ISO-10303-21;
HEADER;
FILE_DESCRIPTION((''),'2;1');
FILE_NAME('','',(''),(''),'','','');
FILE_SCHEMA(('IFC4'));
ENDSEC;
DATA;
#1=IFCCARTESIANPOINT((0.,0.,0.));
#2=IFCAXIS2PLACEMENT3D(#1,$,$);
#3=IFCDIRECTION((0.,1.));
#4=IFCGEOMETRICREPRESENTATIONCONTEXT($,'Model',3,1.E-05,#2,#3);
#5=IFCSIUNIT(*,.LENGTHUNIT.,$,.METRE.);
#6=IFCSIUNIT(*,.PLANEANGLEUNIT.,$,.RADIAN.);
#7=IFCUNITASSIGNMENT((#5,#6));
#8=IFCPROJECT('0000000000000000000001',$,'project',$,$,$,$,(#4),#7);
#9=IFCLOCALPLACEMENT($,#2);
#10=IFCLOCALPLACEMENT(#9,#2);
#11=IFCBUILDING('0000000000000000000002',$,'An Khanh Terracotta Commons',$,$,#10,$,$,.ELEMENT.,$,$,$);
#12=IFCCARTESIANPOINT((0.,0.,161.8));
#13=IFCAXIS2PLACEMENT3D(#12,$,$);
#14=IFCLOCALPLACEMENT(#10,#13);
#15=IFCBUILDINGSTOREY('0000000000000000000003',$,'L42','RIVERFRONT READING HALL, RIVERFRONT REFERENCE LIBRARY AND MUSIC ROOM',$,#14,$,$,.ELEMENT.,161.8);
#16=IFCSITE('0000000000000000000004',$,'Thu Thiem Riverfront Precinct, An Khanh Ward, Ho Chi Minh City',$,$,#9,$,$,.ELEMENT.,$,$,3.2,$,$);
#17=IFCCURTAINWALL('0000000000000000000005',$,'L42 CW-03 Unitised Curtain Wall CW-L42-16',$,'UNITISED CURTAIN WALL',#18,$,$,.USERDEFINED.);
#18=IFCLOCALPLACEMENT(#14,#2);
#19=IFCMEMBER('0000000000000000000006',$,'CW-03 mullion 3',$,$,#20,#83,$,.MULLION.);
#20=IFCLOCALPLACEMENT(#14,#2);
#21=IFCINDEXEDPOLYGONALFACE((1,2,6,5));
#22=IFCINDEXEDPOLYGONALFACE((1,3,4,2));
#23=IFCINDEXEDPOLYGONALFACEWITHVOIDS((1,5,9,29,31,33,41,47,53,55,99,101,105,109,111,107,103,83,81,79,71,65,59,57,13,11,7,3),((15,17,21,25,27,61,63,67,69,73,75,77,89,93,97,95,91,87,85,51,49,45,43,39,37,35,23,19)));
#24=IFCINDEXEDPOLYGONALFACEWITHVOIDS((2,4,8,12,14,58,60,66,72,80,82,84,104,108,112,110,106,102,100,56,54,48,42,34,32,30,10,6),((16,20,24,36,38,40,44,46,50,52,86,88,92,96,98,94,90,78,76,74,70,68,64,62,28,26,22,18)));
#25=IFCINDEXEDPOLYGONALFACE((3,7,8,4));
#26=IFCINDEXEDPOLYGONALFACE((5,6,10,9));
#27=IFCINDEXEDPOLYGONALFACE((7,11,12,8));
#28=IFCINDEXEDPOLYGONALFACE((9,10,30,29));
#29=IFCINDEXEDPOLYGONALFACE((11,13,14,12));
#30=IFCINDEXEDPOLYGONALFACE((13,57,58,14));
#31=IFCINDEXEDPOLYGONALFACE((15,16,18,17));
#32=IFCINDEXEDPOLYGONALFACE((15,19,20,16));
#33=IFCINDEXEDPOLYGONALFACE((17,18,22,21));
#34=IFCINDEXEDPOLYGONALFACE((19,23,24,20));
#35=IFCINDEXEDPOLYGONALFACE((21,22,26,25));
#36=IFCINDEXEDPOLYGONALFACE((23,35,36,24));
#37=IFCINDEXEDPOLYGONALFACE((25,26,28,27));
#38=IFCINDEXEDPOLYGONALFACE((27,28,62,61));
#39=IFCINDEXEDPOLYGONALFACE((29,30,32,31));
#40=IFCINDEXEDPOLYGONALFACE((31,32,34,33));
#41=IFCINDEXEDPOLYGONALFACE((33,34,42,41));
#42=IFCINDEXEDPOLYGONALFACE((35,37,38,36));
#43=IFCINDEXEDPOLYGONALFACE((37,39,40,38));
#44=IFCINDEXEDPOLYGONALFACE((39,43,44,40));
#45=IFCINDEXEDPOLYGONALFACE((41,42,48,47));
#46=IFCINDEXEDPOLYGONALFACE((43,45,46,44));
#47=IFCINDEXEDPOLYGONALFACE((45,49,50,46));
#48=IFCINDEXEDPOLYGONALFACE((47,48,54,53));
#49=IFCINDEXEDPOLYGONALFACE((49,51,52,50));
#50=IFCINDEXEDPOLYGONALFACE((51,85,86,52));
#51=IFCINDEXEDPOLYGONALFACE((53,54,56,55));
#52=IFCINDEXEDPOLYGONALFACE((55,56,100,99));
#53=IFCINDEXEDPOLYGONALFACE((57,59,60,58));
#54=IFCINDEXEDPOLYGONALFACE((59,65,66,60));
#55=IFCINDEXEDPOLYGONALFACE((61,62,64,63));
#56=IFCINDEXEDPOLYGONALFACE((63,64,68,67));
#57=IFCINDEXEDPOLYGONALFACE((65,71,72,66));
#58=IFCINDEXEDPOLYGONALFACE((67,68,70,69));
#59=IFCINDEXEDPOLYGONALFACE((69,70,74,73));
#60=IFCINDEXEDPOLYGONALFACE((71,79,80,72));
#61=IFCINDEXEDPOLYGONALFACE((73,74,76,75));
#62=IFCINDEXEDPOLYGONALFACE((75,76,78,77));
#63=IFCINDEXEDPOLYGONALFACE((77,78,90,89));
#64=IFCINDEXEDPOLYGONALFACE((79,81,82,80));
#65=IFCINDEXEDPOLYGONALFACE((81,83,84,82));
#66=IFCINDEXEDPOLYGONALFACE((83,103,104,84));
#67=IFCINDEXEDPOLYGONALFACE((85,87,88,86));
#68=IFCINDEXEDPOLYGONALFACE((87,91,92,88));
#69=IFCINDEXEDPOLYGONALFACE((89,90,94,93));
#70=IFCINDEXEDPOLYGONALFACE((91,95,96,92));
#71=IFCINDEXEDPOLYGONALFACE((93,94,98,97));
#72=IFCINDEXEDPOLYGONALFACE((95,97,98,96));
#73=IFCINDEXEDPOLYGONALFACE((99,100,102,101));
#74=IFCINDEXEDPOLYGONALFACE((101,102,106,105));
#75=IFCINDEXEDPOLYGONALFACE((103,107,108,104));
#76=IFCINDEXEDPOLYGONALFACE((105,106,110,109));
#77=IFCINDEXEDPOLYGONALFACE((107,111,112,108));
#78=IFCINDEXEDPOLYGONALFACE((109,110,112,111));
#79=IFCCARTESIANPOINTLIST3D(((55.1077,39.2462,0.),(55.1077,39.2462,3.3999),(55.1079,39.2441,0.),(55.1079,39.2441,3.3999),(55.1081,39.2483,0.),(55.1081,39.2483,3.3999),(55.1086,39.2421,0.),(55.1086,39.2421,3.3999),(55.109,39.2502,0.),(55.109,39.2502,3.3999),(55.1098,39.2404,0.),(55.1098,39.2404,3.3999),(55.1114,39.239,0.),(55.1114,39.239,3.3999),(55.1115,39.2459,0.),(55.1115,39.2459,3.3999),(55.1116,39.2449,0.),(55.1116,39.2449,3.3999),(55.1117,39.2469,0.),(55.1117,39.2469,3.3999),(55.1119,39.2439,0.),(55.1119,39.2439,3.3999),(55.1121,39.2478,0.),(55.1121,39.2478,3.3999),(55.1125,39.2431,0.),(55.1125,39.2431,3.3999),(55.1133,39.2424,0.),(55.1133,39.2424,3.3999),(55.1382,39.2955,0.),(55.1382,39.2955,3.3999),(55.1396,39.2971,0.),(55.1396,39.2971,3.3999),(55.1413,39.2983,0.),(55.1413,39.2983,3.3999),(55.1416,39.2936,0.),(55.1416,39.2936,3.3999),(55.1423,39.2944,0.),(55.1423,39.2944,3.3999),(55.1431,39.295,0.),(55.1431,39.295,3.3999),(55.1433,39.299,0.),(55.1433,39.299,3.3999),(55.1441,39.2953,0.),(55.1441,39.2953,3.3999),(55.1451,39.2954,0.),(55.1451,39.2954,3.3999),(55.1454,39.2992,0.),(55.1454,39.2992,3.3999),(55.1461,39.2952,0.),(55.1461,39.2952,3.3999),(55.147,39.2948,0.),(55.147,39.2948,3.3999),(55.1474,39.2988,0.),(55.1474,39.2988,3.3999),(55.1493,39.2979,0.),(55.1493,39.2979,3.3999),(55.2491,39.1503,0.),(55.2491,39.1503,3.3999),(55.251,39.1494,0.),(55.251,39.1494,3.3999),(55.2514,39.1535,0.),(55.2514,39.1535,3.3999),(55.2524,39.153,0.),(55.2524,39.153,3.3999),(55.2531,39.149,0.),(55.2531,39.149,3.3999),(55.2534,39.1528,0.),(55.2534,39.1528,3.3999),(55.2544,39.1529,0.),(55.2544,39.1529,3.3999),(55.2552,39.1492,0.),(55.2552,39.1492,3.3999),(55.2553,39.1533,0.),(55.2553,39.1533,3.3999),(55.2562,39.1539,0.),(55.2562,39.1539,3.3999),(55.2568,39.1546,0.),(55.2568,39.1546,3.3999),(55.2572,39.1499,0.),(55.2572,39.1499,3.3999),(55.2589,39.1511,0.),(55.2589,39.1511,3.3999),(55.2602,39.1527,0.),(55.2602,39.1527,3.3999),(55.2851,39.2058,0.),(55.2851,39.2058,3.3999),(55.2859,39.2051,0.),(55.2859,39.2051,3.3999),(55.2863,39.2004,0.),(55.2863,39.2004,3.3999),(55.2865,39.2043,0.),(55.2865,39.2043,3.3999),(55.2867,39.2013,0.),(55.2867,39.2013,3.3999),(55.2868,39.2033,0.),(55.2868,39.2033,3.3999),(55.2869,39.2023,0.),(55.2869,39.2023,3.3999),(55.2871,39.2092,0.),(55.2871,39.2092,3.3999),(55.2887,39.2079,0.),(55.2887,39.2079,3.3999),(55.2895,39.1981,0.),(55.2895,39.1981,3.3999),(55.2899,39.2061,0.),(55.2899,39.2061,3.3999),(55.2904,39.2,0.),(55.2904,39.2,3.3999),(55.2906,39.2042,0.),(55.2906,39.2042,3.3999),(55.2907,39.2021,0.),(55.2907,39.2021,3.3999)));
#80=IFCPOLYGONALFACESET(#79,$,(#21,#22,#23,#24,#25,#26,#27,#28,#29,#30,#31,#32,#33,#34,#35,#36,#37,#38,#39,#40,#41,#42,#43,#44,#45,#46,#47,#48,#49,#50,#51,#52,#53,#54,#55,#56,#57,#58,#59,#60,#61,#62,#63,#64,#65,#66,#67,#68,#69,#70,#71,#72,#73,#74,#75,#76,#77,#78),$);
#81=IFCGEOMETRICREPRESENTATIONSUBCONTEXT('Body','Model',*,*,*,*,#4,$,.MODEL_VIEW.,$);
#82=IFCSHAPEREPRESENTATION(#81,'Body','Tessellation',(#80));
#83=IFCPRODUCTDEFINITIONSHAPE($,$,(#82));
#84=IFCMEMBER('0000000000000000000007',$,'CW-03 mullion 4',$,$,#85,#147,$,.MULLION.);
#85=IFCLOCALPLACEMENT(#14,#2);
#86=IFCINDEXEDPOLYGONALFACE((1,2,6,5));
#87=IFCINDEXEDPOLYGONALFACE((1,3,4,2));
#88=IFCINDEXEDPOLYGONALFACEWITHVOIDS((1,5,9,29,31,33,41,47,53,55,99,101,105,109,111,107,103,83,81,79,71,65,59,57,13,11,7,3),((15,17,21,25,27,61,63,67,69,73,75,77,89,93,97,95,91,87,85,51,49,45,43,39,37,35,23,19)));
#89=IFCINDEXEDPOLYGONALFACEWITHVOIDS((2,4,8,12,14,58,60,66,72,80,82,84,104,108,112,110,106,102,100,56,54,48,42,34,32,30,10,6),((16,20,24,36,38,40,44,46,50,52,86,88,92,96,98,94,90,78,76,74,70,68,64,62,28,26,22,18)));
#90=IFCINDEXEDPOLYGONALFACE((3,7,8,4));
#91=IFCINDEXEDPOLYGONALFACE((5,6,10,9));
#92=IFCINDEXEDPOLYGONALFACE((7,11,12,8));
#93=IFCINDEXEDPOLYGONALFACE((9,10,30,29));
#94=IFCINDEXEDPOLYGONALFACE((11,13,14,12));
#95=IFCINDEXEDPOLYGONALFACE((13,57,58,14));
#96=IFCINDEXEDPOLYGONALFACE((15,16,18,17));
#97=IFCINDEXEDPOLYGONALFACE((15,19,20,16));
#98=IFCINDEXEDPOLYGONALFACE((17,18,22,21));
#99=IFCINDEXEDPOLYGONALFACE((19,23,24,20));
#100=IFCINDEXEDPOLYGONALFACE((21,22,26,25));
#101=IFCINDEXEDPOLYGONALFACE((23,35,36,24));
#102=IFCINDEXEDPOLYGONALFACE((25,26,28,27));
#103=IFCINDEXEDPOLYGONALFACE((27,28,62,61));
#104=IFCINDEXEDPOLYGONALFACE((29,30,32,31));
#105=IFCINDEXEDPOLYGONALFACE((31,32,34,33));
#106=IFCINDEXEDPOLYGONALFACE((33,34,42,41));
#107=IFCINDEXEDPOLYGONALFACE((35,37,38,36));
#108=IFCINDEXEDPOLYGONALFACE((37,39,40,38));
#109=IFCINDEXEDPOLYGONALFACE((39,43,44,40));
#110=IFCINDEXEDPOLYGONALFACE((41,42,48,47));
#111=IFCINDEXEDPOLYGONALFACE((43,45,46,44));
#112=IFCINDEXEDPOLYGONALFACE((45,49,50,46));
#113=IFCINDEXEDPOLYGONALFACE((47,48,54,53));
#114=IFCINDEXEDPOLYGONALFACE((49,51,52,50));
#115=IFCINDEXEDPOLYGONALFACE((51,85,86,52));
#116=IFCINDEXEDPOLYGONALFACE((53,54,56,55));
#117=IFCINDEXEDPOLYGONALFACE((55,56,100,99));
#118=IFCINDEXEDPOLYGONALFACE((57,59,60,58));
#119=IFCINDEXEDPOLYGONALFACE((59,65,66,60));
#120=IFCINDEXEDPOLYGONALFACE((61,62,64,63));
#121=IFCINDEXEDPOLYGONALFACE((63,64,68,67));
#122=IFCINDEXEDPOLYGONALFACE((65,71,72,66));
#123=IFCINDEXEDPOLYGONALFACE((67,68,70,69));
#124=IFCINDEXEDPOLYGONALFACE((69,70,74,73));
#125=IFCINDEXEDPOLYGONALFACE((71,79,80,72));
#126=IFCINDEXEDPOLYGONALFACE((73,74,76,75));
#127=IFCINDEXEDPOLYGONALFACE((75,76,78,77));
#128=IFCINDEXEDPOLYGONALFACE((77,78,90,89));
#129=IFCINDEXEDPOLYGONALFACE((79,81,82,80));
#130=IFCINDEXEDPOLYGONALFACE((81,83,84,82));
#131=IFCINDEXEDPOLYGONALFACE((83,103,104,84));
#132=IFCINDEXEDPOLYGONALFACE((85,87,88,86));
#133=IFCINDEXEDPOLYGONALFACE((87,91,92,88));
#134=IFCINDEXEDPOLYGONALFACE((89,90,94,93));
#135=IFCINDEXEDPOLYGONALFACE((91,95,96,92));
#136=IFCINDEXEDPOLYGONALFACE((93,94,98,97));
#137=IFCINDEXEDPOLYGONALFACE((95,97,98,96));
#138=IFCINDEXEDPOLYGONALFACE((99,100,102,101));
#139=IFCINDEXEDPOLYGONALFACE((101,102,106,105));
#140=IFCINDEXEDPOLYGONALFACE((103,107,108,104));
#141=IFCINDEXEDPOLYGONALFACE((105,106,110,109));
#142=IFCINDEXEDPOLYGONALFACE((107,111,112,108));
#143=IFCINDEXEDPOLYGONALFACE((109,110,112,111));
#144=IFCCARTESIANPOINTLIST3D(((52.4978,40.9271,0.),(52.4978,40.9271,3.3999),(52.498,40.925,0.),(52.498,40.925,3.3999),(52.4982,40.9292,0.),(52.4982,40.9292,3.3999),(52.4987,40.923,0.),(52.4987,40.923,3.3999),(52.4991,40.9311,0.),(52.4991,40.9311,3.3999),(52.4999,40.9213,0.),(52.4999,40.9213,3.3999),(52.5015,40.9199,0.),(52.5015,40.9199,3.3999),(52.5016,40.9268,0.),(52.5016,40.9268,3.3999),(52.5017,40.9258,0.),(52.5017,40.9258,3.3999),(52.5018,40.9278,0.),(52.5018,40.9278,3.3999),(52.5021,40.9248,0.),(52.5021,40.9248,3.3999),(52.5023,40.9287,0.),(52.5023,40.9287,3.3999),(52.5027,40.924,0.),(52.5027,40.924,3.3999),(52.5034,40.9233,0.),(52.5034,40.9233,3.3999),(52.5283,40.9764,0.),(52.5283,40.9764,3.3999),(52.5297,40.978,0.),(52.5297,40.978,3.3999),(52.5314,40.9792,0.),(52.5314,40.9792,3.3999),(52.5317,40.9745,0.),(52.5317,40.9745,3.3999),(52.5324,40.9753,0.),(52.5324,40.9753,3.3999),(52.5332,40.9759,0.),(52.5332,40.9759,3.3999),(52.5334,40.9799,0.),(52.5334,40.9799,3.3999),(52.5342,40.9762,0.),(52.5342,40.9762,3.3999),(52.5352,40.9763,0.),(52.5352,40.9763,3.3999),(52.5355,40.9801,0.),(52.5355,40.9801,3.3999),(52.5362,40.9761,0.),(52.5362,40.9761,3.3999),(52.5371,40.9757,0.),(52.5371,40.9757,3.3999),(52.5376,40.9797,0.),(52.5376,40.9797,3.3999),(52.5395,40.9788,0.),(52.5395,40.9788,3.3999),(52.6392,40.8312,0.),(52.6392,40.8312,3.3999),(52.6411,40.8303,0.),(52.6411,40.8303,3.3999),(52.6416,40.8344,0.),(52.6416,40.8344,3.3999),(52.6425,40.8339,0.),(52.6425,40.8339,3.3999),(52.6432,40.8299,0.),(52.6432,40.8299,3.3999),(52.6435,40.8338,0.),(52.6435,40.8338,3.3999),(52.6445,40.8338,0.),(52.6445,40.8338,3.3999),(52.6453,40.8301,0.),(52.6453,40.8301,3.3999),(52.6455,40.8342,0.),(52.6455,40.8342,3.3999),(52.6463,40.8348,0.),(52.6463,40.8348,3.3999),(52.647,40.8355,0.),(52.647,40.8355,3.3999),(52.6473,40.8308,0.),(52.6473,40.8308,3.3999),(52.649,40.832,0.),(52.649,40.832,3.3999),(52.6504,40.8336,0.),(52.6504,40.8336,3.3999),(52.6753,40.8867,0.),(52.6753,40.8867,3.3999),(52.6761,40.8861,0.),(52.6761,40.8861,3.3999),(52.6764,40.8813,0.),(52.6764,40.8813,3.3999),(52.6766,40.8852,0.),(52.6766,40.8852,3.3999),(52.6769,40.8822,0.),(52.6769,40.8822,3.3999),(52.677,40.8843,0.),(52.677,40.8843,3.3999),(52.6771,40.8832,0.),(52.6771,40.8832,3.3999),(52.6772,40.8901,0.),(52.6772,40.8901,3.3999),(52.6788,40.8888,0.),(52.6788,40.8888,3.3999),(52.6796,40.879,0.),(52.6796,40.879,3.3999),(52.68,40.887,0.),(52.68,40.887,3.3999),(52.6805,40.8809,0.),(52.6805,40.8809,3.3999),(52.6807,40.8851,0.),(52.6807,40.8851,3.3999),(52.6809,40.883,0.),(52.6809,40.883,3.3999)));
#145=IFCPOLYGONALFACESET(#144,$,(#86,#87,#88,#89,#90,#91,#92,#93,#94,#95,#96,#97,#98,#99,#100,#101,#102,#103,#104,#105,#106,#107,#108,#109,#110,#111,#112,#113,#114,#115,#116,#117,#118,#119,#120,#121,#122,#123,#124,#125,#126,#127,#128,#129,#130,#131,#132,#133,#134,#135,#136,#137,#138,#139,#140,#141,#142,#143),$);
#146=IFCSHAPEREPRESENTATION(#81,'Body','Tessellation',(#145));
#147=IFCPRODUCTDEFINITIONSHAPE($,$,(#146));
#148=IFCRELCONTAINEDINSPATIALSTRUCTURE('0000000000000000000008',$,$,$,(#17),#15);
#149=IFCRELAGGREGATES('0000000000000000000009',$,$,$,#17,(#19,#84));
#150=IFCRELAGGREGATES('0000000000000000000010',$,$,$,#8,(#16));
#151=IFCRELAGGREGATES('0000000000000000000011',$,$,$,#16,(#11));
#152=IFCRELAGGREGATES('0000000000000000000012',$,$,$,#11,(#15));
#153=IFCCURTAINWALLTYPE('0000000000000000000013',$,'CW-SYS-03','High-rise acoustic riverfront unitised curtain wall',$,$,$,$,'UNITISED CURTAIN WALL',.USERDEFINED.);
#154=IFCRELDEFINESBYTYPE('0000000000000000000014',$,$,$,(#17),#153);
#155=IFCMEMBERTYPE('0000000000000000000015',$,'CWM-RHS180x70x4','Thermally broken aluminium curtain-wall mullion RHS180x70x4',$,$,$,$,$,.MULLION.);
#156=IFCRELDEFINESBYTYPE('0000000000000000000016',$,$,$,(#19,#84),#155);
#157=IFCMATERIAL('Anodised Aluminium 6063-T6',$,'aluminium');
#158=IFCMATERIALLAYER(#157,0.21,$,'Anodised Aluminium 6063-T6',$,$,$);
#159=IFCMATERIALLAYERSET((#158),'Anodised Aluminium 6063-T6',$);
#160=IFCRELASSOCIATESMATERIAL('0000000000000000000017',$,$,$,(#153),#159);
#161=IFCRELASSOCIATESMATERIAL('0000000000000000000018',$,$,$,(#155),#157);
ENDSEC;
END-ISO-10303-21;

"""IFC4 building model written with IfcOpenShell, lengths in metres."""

from ifc_helpers import new_model, si_unit, direction, frame, origin, origin_2d, place, context, subcontext, project, spatial, hollow_rectangle, extrude, material, layer, layer_set, material_profile, profile_set, type_object, element, aggregate, save


model = new_model("IFC4")

# Units and contexts
model_context = context("Model", 3, precision=1e-05, world=origin(), true_north=direction((0.0, 1.0)))
body_context = subcontext(model_context, "Body", "Model", "MODEL_VIEW")
ifc_project = project(units=[si_unit("LENGTHUNIT", "METRE"), si_unit("PLANEANGLEUNIT", "RADIAN")], contexts=[model_context])

# Site, building, storey
site_placement = place(None, origin())
site = spatial("IfcSite", under=ifc_project, at=site_placement, Name="Thu Thiem Riverfront Precinct, An Khanh Ward, Ho Chi Minh City", CompositionType="ELEMENT", RefElevation=3.2)
building_placement = place(site_placement, origin())
building = spatial("IfcBuilding", under=site, at=building_placement, Name="An Khanh Terracotta Commons", CompositionType="ELEMENT")
storey_placement = place(building_placement, frame((0.0, 0.0, 161.8)))
storey = spatial("IfcBuildingStorey", under=building, at=storey_placement, Name="L42", Description="RIVERFRONT READING HALL, RIVERFRONT REFERENCE LIBRARY AND MUSIC ROOM", CompositionType="ELEMENT", Elevation=161.8)

# Curtain wall, members
ifc_material_1 = material(Name="Anodised Aluminium 6063-T6", Category="aluminium")
ifc_layer_1 = layer(ifc_material_1, 0.21, Name="Anodised Aluminium 6063-T6")
ifc_layer_set_1 = layer_set([ifc_layer_1], Name="Anodised Aluminium 6063-T6")
curtain_wall_type = type_object("IfcCurtainWallType", Name="CW-SYS-03", Description="High-rise acoustic riverfront unitised curtain wall", ElementType="UNITISED CURTAIN WALL", PredefinedType="USERDEFINED", material=ifc_layer_set_1)
curtain_wall_placement = place(storey_placement, origin())
curtain_wall = element("IfcCurtainWall", 1, at=curtain_wall_placement, inside=storey, type_object=curtain_wall_type, Name="L42 CW-03 Unitised Curtain Wall CW-L42-16", ObjectType="UNITISED CURTAIN WALL", PredefinedType="USERDEFINED")
ifc_material_profile_1 = material_profile(ifc_material_1, hollow_rectangle(XDim=0.0701, YDim=0.1799, WallThickness=0.0039, InnerFilletRadius=0.0039, OuterFilletRadius=0.0081, at=origin_2d()), Name="RHS180x70x4")
ifc_profile_set_1 = profile_set([ifc_material_profile_1], Name="Anodised Aluminium 6063-T6")
member_type_1 = type_object("IfcMemberType", Name="CWM-RHS180x70x4", Description="Thermally broken aluminium curtain-wall mullion RHS180x70x4", PredefinedType="MULLION", material=ifc_profile_set_1)
member_1_placement = place(storey_placement, frame((55.1992, 39.2241, 0.0), z_axis=(0.0, 0.0, 1.0), x_axis=(-0.541498, -0.840702, 0.0)))
member_1 = element("IfcMember", 2, at=member_1_placement, type_object=member_type_1, Name="CW-03 mullion 3", PredefinedType="MULLION", context=body_context, shape_type="SweptSolid", body=[
    extrude(hollow_rectangle(XDim=0.0701, YDim=0.1799, WallThickness=0.0039, InnerFilletRadius=0.0039, OuterFilletRadius=0.0081, at=origin_2d()), origin(), (0.0, 0.0, 1.0), 3.3999),
])
member_2_placement = place(storey_placement, frame((52.5894, 40.905, 0.0), z_axis=(0.0, 0.0, 1.0), x_axis=(-0.541498, -0.840702, 0.0)))
member_2 = element("IfcMember", 3, at=member_2_placement, type_object=member_type_1, Name="CW-03 mullion 4", PredefinedType="MULLION", context=body_context, shape_type="SweptSolid", body=[
    extrude(hollow_rectangle(XDim=0.0701, YDim=0.1799, WallThickness=0.0039, InnerFilletRadius=0.0039, OuterFilletRadius=0.0081, at=origin_2d()), origin(), (0.0, 0.0, 1.0), 3.3999),
])
aggregate(curtain_wall, [member_1, member_2])

save(model, "model.ifc")
